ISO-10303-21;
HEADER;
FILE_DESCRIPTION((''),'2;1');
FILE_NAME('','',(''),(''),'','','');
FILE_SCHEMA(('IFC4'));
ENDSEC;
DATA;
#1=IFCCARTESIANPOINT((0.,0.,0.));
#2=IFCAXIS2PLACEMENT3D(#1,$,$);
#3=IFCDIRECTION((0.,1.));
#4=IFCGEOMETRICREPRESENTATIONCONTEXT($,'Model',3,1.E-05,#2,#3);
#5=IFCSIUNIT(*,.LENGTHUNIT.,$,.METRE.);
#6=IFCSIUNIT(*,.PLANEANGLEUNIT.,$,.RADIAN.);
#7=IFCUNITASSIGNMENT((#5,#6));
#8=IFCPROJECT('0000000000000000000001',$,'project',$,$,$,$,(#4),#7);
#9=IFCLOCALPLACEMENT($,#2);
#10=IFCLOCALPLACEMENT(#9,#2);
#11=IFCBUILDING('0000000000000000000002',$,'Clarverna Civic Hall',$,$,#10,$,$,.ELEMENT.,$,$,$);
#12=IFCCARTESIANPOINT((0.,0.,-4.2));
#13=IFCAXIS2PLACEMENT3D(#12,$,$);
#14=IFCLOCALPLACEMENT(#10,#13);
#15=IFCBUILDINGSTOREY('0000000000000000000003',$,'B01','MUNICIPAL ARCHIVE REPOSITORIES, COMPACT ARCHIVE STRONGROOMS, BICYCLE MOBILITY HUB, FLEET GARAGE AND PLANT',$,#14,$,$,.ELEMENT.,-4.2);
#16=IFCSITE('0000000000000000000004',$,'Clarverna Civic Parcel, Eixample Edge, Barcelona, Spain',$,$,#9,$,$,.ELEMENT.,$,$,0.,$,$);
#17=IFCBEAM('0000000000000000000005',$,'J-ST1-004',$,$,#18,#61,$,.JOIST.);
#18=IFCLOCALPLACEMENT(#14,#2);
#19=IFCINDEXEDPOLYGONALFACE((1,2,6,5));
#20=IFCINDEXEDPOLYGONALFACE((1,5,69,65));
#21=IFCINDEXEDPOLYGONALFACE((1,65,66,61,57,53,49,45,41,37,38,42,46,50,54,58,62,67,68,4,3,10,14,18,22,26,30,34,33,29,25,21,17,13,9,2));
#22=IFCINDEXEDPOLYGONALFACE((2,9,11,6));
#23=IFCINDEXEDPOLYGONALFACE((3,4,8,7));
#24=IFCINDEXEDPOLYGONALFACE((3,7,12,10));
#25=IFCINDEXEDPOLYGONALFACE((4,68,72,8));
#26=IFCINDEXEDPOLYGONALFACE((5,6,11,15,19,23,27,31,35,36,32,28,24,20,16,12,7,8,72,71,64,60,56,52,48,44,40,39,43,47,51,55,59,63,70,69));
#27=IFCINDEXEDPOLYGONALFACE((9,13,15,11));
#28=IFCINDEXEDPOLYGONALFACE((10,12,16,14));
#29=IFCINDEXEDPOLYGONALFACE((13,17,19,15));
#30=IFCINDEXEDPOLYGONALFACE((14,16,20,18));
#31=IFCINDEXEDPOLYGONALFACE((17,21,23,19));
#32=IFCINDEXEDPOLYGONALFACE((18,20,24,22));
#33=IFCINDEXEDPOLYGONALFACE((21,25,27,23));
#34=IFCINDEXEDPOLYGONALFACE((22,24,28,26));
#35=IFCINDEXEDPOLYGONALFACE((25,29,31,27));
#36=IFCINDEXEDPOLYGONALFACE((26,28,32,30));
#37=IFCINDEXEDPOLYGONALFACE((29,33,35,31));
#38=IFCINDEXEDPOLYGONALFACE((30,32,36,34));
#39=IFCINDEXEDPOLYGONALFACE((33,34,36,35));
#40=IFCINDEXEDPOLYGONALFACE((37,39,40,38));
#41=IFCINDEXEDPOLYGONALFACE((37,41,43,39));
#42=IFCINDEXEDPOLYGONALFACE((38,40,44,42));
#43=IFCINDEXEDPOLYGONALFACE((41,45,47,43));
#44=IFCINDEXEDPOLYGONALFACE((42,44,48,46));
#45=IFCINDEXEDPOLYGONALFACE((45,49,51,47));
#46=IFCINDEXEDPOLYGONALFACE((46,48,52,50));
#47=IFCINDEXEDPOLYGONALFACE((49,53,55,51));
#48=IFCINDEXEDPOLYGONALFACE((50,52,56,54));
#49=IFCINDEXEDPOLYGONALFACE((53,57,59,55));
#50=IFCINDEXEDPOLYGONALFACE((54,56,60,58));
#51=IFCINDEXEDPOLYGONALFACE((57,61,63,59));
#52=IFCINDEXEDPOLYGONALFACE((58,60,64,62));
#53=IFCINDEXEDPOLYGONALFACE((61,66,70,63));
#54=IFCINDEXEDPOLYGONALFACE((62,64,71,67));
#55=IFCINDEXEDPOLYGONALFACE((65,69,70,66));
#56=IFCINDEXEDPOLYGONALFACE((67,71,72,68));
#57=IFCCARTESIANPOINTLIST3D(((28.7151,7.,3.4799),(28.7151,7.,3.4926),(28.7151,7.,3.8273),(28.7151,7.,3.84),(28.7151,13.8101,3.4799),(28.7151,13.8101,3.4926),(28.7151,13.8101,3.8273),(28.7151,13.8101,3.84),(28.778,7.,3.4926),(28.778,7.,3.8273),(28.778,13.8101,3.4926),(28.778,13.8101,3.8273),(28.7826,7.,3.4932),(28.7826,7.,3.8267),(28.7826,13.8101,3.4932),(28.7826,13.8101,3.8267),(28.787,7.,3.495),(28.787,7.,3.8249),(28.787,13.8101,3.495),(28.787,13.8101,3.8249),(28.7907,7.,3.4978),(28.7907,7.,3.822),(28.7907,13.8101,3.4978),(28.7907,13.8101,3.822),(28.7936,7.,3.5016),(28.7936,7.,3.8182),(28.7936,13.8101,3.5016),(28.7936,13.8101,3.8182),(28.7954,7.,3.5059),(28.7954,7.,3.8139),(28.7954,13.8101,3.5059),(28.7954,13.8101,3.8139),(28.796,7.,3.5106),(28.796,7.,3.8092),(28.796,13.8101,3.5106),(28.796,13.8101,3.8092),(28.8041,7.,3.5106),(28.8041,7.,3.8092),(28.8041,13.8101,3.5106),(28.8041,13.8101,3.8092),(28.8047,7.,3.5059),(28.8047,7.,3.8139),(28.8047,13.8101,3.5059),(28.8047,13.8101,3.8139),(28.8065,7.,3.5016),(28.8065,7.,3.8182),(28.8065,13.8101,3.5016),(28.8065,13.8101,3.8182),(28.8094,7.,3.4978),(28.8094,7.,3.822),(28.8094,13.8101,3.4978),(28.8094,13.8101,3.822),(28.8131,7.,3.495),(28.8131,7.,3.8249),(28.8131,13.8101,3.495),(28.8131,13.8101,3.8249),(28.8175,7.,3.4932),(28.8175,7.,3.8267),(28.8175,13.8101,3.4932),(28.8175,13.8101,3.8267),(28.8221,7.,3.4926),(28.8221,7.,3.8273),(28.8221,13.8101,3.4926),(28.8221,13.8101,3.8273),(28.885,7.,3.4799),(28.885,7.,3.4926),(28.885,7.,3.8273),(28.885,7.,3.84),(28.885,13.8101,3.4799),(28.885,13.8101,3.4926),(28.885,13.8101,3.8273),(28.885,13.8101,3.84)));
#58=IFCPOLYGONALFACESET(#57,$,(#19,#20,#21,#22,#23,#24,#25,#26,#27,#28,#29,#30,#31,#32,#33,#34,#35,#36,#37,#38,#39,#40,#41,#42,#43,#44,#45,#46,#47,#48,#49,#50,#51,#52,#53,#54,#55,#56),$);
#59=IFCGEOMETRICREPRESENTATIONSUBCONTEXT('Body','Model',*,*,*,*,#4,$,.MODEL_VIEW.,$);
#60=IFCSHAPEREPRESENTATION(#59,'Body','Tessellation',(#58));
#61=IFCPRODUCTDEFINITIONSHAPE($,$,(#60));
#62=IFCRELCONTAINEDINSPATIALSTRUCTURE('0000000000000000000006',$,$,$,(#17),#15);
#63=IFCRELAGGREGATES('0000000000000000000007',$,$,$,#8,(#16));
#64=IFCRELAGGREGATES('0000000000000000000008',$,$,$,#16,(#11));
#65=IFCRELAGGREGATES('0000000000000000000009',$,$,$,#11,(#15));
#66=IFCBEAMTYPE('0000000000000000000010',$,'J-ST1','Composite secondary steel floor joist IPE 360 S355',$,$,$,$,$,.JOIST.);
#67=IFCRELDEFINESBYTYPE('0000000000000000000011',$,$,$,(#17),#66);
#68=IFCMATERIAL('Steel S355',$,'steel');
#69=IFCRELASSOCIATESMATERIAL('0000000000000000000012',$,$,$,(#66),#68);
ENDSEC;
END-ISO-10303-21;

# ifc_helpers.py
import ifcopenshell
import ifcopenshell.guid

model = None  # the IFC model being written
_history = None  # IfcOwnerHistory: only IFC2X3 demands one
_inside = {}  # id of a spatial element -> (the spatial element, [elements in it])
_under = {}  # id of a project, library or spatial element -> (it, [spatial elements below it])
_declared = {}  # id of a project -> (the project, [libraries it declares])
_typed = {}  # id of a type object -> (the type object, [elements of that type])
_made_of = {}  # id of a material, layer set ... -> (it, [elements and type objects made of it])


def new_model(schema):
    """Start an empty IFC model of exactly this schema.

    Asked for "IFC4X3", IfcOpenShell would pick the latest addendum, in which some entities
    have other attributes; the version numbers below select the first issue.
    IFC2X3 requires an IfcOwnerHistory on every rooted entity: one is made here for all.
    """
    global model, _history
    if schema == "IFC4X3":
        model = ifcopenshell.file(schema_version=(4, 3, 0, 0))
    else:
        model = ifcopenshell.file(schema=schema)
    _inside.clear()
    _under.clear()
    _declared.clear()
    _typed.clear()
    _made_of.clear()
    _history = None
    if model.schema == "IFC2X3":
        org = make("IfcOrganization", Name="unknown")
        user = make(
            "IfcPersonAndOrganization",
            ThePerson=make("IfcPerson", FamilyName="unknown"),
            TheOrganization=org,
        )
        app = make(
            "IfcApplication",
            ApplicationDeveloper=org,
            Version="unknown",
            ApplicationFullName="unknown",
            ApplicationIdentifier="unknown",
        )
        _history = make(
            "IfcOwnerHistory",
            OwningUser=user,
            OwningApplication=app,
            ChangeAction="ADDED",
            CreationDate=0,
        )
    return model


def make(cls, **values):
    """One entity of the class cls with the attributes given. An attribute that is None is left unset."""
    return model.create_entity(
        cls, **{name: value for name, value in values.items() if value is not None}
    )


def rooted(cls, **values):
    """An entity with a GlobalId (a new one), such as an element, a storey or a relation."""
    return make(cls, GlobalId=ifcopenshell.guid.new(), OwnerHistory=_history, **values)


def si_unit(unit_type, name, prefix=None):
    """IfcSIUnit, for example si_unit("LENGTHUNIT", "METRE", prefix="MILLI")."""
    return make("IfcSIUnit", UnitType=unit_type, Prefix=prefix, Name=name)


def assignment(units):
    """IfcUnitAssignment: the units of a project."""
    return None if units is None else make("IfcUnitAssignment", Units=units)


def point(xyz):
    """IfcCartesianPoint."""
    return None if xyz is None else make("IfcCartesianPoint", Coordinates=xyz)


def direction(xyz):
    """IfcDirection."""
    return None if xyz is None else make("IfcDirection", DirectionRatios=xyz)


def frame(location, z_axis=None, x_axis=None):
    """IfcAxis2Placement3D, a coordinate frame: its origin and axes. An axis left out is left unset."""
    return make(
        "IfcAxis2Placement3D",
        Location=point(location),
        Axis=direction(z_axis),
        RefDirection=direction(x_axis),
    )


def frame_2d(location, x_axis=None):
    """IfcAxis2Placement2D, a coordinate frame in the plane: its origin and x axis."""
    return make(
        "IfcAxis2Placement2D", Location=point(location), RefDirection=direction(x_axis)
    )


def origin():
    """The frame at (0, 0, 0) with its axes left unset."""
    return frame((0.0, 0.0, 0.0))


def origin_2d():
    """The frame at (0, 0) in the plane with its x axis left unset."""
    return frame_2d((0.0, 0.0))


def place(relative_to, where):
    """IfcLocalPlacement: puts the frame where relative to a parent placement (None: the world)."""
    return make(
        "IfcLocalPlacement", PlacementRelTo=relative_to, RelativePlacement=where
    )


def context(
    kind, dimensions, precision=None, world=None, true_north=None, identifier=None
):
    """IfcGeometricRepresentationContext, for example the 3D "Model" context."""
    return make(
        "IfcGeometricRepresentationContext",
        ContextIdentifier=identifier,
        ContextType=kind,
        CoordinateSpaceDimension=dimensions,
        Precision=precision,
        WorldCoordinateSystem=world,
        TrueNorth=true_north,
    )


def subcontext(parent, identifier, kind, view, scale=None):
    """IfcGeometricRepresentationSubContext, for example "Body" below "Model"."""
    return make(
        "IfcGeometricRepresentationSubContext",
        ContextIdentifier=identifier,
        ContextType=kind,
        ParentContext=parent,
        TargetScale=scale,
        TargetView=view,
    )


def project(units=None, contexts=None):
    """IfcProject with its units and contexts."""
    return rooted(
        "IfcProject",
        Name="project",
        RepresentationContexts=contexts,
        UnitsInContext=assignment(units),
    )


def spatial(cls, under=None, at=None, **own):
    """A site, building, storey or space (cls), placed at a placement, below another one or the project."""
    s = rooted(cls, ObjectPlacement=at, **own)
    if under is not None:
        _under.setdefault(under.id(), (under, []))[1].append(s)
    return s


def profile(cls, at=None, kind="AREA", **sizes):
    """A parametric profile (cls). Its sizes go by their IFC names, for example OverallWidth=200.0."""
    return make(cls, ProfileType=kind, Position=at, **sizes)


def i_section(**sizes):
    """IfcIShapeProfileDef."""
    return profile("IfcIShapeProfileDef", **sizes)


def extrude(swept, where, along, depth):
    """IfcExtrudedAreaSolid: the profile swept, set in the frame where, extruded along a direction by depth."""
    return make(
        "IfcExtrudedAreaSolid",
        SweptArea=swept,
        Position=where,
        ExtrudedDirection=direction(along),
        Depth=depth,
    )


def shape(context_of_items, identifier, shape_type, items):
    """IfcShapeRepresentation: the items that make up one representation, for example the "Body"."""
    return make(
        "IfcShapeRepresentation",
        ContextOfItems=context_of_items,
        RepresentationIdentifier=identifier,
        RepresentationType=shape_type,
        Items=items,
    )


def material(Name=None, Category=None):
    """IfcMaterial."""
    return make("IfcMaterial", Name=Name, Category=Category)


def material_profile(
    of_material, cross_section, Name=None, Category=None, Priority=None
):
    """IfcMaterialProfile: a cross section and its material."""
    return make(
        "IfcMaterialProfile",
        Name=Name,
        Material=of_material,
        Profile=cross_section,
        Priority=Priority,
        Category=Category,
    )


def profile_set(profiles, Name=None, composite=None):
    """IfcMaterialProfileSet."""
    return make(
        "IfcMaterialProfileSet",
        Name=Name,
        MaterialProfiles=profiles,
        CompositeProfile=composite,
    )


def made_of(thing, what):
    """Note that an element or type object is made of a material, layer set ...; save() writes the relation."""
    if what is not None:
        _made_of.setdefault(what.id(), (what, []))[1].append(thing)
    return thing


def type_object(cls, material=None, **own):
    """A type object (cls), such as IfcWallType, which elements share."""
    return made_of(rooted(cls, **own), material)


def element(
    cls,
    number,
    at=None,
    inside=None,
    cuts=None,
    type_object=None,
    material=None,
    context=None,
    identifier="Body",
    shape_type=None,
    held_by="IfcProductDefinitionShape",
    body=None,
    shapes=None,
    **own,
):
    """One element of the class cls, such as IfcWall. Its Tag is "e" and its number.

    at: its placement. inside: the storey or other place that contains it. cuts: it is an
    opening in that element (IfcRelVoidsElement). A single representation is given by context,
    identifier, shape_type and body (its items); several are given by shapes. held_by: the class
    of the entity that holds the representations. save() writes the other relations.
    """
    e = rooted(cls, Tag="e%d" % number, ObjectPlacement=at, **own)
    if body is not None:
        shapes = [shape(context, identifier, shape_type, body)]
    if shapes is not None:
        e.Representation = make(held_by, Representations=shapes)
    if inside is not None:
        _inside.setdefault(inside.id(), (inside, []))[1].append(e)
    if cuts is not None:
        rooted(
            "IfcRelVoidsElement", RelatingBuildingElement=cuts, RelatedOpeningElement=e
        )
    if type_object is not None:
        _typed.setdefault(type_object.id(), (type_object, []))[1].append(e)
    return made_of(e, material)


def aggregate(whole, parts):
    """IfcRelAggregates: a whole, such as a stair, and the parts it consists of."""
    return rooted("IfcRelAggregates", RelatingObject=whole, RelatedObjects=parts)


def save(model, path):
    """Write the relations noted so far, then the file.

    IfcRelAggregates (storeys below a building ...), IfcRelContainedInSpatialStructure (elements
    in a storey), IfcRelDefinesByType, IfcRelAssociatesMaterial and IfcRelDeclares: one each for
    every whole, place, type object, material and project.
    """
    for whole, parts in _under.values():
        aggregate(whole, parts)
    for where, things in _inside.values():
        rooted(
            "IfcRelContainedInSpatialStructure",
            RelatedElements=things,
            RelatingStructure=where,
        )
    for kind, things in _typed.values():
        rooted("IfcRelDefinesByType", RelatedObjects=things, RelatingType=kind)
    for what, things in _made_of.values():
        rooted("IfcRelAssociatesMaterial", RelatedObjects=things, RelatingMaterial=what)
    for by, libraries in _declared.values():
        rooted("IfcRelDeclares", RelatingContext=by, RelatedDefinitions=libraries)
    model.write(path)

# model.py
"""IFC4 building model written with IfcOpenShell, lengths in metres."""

from ifc_helpers import new_model, si_unit, direction, frame, origin, origin_2d, place, context, subcontext, project, spatial, i_section, extrude, material, material_profile, profile_set, type_object, element, save


model = new_model("IFC4")

# Units and contexts
model_context = context("Model", 3, precision=1e-05, world=origin(), true_north=direction((0.0, 1.0)))
body_context = subcontext(model_context, "Body", "Model", "MODEL_VIEW")
ifc_project = project(units=[si_unit("LENGTHUNIT", "METRE"), si_unit("PLANEANGLEUNIT", "RADIAN")], contexts=[model_context])

# Site, building, storey
site_placement = place(None, origin())
site = spatial("IfcSite", under=ifc_project, at=site_placement, Name="Clarverna Civic Parcel, Eixample Edge, Barcelona, Spain", CompositionType="ELEMENT", RefElevation=0.0)
building_placement = place(site_placement, origin())
building = spatial("IfcBuilding", under=site, at=building_placement, Name="Clarverna Civic Hall", CompositionType="ELEMENT")
storey_placement = place(building_placement, frame((0.0, 0.0, -4.2)))
storey = spatial("IfcBuildingStorey", under=building, at=storey_placement, Name="B01", Description="MUNICIPAL ARCHIVE REPOSITORIES, COMPACT ARCHIVE STRONGROOMS, BICYCLE MOBILITY HUB, FLEET GARAGE AND PLANT", CompositionType="ELEMENT", Elevation=-4.2)

# Beam
ifc_material_1 = material(Name="Steel S355", Category="steel")
ifc_material_profile_1 = material_profile(ifc_material_1, i_section(OverallWidth=0.1699, OverallDepth=0.3601, WebThickness=0.0081, FlangeThickness=0.0127, FilletRadius=0.0181, at=origin_2d()), Name="IPE 360")
ifc_profile_set_1 = profile_set([ifc_material_profile_1], Name="Steel S355")
beam_type_1 = type_object("IfcBeamType", Name="J-ST1", Description="Composite secondary steel floor joist IPE 360 S355", PredefinedType="JOIST", material=ifc_profile_set_1)
beam_1_placement = place(storey_placement, frame((28.8, 7.0, 3.6599), z_axis=(0.0, 1.0, 0.0), x_axis=(-1.0, 0.0, 0.0)))
element("IfcBeam", 1, at=beam_1_placement, inside=storey, type_object=beam_type_1, Name="J-ST1-004", PredefinedType="JOIST", context=body_context, shape_type="SweptSolid", body=[
    extrude(i_section(OverallWidth=0.1699, OverallDepth=0.3601, WebThickness=0.0081, FlangeThickness=0.0127, FilletRadius=0.0181, at=origin_2d()), origin(), (0.0, 0.0, 1.0), 6.8101),
])

save(model, "model.ifc")
